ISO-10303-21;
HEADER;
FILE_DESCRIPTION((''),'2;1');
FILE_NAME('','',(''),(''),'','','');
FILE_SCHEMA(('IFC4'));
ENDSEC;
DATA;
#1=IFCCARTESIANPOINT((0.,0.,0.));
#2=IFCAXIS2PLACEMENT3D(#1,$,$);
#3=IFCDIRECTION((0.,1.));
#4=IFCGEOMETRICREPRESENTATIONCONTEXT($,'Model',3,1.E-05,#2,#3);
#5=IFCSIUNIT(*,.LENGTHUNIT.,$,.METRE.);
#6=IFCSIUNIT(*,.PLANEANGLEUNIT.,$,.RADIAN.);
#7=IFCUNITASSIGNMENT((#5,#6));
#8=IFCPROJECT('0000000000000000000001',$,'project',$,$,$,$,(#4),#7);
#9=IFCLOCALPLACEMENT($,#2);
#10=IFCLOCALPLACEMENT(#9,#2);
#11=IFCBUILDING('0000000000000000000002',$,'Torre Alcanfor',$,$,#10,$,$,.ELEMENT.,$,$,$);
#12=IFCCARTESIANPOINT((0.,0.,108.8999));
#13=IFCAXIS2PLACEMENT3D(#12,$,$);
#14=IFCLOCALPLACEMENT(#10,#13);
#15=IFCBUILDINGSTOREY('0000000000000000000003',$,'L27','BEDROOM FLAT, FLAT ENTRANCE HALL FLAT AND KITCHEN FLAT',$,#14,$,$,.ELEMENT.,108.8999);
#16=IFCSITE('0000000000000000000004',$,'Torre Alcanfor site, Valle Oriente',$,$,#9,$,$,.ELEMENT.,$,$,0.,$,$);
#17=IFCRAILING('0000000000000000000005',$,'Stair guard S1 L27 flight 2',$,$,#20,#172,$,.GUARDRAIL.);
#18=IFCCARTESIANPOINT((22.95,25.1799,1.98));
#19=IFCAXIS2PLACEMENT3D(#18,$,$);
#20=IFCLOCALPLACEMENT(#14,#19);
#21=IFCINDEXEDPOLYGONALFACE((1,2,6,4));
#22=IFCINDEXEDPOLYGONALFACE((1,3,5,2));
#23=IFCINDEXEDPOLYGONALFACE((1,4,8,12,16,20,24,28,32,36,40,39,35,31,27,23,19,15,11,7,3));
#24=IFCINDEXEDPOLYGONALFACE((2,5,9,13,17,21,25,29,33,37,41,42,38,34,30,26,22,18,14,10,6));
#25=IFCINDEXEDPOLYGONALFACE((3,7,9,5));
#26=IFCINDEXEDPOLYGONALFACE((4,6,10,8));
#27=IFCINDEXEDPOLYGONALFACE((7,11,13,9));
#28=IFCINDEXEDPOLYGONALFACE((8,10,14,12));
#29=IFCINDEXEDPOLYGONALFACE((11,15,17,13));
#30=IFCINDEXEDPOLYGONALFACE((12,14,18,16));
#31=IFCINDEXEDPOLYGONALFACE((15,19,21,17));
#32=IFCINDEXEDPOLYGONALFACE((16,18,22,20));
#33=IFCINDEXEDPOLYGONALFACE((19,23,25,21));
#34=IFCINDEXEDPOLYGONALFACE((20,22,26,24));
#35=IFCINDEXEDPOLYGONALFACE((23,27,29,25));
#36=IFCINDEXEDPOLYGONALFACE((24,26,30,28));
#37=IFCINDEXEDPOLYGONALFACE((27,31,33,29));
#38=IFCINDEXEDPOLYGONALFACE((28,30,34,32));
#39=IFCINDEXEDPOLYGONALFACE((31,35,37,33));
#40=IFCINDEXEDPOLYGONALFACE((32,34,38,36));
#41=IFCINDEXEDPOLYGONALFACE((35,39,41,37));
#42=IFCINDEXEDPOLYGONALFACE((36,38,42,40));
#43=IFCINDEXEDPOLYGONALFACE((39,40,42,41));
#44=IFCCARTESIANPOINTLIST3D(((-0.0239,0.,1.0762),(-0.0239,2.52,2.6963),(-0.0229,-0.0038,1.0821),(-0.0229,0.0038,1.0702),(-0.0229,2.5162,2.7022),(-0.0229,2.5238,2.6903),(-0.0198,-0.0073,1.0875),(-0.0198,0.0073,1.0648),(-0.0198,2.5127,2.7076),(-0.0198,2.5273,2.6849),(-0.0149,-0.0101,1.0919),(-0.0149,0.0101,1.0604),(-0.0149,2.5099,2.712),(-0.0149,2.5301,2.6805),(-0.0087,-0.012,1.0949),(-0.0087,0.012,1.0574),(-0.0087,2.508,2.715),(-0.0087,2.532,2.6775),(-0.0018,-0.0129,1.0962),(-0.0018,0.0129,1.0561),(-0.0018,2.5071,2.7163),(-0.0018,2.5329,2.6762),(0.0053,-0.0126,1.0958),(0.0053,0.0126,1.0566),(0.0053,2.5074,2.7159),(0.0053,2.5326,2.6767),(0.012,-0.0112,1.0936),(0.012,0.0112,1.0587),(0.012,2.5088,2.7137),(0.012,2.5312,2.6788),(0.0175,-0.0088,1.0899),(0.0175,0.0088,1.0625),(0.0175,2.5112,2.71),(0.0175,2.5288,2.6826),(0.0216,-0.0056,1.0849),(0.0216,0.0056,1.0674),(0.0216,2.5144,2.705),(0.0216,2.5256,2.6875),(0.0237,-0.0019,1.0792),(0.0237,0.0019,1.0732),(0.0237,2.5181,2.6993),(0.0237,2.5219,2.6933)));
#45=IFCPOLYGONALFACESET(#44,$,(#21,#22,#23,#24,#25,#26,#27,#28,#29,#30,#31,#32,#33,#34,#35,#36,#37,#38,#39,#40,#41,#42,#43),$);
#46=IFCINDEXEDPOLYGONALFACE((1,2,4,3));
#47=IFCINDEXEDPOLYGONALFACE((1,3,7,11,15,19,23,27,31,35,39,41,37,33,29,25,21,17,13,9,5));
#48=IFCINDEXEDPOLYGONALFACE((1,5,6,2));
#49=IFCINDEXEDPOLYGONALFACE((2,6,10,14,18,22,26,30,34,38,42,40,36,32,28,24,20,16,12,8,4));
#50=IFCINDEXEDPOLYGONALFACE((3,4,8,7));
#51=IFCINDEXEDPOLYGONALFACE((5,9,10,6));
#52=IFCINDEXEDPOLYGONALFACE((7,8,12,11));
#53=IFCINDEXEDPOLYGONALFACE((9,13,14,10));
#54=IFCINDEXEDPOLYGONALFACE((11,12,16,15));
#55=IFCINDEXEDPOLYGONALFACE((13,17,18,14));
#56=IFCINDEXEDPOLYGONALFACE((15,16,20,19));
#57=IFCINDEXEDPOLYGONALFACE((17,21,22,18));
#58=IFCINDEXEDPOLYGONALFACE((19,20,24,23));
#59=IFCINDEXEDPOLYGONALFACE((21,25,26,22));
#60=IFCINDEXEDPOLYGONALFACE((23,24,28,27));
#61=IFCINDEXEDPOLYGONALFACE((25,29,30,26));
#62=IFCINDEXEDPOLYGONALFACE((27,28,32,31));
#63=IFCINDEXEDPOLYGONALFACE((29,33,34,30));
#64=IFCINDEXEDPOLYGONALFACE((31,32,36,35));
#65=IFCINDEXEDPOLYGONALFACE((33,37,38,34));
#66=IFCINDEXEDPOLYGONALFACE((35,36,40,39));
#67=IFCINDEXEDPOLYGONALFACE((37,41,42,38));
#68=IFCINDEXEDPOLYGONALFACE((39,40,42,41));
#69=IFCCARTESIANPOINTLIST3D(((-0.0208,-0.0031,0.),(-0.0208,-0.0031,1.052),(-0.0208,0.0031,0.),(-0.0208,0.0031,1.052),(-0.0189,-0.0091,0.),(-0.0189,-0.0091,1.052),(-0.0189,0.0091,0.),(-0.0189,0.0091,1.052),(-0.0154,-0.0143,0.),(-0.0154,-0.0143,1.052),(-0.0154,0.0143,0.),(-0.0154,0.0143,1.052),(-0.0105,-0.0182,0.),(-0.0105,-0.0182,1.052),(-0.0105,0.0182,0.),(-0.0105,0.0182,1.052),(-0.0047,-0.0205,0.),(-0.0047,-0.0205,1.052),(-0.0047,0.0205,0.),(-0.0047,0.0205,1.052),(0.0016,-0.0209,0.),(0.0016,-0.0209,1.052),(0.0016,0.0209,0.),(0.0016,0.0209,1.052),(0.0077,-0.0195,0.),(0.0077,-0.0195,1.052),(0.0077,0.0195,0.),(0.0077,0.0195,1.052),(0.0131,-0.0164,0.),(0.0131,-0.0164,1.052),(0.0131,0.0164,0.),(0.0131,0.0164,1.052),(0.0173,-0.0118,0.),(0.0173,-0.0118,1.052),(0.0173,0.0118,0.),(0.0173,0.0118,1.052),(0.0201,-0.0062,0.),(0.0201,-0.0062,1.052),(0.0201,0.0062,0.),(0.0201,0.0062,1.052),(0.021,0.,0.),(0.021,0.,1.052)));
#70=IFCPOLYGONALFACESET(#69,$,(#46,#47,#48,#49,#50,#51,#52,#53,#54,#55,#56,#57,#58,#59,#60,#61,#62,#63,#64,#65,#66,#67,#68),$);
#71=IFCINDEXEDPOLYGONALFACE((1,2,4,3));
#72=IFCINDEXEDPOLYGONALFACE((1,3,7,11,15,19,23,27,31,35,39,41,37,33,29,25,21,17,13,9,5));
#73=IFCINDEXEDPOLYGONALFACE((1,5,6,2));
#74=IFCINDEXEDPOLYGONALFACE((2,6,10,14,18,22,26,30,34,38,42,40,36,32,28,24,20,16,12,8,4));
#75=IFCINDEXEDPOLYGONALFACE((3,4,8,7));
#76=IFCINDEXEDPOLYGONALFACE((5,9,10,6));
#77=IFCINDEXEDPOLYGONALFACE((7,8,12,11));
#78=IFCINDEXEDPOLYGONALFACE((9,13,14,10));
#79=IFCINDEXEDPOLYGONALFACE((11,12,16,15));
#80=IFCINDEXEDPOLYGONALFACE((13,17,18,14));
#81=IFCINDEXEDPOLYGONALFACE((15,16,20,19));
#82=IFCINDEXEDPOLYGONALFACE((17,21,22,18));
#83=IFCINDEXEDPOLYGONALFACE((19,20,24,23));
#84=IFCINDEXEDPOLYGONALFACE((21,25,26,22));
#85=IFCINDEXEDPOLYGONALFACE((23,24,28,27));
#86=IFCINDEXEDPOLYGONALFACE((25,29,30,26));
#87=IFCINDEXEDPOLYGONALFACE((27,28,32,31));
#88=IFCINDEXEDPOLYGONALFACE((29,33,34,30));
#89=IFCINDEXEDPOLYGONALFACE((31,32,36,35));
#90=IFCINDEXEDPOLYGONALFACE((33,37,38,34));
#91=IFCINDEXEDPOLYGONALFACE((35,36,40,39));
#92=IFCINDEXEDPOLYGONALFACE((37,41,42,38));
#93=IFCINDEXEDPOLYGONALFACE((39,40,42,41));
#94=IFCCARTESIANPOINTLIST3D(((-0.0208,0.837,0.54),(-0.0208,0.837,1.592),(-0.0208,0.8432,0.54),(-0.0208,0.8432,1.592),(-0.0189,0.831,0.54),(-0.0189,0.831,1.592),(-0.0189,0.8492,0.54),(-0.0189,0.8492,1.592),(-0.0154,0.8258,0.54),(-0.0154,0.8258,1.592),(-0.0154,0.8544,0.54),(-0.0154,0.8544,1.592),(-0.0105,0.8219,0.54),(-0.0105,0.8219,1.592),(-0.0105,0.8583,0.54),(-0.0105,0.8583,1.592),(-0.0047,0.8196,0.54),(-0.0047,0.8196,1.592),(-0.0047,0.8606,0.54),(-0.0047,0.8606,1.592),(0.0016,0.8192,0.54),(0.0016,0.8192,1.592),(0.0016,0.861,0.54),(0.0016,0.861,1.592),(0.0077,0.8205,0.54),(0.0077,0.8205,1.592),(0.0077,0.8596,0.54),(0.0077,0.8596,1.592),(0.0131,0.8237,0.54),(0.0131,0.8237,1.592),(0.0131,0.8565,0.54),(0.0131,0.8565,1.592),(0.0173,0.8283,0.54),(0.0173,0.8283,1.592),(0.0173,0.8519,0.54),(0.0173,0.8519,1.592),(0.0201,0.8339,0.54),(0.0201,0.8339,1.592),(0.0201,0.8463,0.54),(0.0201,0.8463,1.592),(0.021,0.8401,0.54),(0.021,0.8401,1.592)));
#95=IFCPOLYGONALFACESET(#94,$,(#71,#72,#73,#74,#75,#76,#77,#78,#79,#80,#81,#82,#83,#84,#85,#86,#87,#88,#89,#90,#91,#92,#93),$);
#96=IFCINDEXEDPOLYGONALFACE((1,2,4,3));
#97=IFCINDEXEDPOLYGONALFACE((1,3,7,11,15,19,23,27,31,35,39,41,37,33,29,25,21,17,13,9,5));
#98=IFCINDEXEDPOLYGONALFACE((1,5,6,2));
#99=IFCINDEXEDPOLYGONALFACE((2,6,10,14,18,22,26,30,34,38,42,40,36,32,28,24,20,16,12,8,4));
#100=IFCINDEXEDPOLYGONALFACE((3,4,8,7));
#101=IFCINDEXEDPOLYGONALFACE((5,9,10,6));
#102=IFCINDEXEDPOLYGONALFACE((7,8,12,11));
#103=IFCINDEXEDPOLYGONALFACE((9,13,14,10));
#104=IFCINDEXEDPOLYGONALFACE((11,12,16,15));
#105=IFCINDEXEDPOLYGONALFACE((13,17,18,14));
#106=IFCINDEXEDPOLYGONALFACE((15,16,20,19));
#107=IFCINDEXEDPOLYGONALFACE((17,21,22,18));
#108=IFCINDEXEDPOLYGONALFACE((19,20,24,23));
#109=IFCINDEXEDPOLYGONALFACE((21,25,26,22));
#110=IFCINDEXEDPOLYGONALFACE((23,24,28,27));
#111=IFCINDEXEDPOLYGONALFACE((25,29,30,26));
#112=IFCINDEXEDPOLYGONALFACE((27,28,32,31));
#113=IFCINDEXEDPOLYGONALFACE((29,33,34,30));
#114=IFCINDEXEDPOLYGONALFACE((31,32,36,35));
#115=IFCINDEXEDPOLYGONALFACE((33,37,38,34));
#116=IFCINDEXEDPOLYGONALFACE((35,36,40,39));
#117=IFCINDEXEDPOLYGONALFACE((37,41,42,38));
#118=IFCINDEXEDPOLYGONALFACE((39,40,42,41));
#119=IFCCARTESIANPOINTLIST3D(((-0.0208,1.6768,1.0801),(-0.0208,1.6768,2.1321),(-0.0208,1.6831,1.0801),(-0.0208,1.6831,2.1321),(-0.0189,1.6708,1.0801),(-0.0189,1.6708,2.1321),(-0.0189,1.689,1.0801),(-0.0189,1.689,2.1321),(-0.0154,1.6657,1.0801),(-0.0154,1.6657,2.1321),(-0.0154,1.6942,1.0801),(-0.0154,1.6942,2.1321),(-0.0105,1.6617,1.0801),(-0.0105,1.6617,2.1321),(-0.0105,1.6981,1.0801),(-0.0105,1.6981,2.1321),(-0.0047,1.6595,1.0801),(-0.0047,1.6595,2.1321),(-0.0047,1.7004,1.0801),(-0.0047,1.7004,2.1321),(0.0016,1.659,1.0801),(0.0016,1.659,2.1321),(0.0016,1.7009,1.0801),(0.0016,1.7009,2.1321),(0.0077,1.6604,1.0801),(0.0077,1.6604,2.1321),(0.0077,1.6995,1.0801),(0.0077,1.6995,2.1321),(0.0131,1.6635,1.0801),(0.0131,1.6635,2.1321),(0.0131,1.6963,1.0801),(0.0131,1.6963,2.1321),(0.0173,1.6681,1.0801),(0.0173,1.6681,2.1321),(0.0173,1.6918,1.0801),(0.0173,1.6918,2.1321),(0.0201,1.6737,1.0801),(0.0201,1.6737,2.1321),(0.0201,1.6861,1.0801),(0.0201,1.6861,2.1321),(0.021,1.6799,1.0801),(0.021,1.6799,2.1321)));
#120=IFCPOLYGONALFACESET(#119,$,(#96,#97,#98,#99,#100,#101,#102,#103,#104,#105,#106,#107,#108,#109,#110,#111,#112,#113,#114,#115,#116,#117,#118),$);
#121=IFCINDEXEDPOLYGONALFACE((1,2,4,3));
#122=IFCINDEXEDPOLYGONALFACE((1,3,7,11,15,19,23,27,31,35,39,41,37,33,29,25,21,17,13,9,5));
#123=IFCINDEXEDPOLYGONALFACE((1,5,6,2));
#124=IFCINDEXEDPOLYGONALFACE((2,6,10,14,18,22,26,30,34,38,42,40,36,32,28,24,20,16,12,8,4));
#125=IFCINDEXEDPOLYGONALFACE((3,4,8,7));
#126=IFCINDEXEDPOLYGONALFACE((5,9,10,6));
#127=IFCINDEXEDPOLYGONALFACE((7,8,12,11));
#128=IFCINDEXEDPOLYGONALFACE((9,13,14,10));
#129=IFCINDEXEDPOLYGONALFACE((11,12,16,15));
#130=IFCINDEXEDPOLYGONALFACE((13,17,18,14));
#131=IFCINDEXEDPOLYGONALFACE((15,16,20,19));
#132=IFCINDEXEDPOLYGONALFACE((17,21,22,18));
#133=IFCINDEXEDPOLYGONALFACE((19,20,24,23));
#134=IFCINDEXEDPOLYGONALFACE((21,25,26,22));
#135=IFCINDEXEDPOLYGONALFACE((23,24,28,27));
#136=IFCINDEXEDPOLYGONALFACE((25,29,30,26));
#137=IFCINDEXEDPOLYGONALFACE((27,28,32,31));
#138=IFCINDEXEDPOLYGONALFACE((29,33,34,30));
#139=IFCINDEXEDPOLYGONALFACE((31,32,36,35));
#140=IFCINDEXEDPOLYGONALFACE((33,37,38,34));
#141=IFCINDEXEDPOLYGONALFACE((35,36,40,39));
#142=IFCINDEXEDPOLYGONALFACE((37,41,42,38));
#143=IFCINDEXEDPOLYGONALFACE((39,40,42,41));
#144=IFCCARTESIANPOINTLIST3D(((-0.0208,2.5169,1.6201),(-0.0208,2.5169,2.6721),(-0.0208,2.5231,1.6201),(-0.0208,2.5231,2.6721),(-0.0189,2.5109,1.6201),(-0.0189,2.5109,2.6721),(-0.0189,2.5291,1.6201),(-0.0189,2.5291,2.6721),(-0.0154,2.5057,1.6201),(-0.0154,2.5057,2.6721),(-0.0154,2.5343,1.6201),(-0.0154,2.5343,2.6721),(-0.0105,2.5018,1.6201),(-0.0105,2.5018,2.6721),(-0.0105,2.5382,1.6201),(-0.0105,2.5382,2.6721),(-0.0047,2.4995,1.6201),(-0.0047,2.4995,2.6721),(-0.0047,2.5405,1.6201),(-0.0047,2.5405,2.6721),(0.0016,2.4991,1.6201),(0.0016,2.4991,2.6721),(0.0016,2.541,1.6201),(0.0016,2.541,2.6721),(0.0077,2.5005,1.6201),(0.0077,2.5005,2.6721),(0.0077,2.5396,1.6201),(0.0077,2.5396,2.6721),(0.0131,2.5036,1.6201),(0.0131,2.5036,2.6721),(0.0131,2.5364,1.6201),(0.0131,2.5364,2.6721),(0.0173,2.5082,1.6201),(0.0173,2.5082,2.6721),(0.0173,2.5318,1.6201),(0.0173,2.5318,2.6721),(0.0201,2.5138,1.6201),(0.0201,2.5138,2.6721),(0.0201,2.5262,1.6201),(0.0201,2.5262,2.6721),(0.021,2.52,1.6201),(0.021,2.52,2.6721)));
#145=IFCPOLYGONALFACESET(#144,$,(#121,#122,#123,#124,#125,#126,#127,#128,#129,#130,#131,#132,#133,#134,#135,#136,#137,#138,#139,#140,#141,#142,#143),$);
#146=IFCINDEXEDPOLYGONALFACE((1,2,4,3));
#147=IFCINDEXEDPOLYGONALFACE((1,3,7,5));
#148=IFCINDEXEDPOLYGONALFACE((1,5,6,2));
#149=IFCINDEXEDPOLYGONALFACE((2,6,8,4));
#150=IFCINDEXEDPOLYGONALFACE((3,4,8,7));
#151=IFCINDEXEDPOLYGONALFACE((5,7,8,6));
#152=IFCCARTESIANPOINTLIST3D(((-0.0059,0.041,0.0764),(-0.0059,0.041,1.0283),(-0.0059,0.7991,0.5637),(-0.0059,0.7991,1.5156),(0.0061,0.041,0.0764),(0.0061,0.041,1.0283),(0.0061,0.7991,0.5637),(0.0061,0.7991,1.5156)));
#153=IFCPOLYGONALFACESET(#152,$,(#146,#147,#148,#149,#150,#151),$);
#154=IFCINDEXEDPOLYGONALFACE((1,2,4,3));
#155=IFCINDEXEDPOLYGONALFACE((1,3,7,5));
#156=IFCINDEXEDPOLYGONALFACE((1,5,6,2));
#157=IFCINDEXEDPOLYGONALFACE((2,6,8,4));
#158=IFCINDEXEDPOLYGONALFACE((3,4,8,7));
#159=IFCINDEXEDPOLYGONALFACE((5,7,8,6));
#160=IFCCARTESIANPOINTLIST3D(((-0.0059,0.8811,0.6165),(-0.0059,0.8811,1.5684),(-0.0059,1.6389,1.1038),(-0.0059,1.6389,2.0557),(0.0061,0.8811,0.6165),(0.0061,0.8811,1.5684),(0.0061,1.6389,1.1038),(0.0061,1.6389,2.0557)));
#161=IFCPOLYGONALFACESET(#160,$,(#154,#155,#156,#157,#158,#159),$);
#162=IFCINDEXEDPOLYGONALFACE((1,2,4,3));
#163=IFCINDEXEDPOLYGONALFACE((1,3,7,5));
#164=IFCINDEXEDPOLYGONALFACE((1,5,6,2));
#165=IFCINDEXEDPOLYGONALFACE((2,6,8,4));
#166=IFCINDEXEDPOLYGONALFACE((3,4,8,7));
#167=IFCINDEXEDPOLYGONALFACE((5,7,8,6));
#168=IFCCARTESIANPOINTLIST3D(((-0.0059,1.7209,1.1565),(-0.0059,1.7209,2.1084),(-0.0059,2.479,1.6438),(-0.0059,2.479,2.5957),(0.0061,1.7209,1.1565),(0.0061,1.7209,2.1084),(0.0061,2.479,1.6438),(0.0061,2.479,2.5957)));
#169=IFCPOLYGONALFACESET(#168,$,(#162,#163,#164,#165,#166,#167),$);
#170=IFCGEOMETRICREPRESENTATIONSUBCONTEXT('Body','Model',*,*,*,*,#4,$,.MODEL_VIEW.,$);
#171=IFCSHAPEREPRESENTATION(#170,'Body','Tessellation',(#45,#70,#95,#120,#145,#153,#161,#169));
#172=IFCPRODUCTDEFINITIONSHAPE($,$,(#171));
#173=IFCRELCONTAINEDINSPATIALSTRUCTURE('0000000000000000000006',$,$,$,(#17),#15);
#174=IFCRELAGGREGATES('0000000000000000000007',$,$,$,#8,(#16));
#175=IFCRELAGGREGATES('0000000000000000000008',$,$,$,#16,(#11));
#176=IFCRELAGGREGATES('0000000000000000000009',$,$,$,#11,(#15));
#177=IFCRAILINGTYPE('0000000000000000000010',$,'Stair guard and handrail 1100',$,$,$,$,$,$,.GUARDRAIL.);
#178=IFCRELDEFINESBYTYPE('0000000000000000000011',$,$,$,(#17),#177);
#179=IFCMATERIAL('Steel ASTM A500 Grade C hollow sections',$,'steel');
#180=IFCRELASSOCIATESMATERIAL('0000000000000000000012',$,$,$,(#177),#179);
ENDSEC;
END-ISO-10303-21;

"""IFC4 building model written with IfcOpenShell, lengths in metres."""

from ifc_helpers import new_model, si_unit, direction, frame, origin, origin_2d, place, context, subcontext, project, spatial, polyline, circle, outline, extrude, material, type_object, element, save


model = new_model("IFC4")

# Units and contexts
model_context = context("Model", 3, precision=1e-05, world=origin(), true_north=direction((0.0, 1.0)))
body_context = subcontext(model_context, "Body", "Model", "MODEL_VIEW")
ifc_project = project(units=[si_unit("LENGTHUNIT", "METRE"), si_unit("PLANEANGLEUNIT", "RADIAN")], contexts=[model_context])

# Site, building, storey
site_placement = place(None, origin())
site = spatial("IfcSite", under=ifc_project, at=site_placement, Name="Torre Alcanfor site, Valle Oriente", CompositionType="ELEMENT", RefElevation=0.0)
building_placement = place(site_placement, origin())
building = spatial("IfcBuilding", under=site, at=building_placement, Name="Torre Alcanfor", CompositionType="ELEMENT")
storey_placement = place(building_placement, frame((0.0, 0.0, 108.8999)))
storey = spatial("IfcBuildingStorey", under=building, at=storey_placement, Name="L27", Description="BEDROOM FLAT, FLAT ENTRANCE HALL FLAT AND KITCHEN FLAT", CompositionType="ELEMENT", Elevation=108.8999)

# Railing
ifc_material_1 = material(Name="Steel ASTM A500 Grade C hollow sections", Category="steel")
railing_type_1 = type_object("IfcRailingType", Name="Stair guard and handrail 1100", PredefinedType="GUARDRAIL", material=ifc_material_1)
railing_1_placement = place(storey_placement, frame((22.95, 25.1799, 1.98)))
element("IfcRailing", 1, at=railing_1_placement, inside=storey, type_object=railing_type_1, Name="Stair guard S1 L27 flight 2", PredefinedType="GUARDRAIL", context=body_context, shape_type="SweptSolid", body=[
    extrude(circle(Radius=0.0239, at=origin_2d()), frame((0.0, 0.0, 1.0762), z_axis=(0.0, 0.841163, 0.540782), x_axis=(-1.0, 0.0, 0.0)), (0.0, 0.0, 1.0), 2.9958),
    extrude(circle(Radius=0.021, at=origin_2d()), origin(), (0.0, 0.0, 1.0), 1.052),
    extrude(circle(Radius=0.021, at=origin_2d()), frame((0.0, 0.8401, 0.54)), (0.0, 0.0, 1.0), 1.052),
    extrude(circle(Radius=0.021, at=origin_2d()), frame((0.0, 1.6799, 1.0801)), (0.0, 0.0, 1.0), 1.052),
    extrude(circle(Radius=0.021, at=origin_2d()), frame((0.0, 2.52, 1.6201)), (0.0, 0.0, 1.0), 1.052),
    extrude(outline(polyline([(0.041, 0.0764), (0.7991, 0.5637), (0.7991, 1.5156), (0.041, 1.0283), (0.041, 0.0764)])), frame((-0.0059, 0.0, 0.0), z_axis=(1.0, 0.0, 0.0), x_axis=(0.0, 1.0, 0.0)), (0.0, 0.0, 1.0), 0.012),
    extrude(outline(polyline([(0.8811, 0.6165), (1.6389, 1.1038), (1.6389, 2.0557), (0.8811, 1.5684), (0.8811, 0.6165)])), frame((-0.0059, 0.0, 0.0), z_axis=(1.0, 0.0, 0.0), x_axis=(0.0, 1.0, 0.0)), (0.0, 0.0, 1.0), 0.012),
    extrude(outline(polyline([(1.7209, 1.1565), (2.479, 1.6438), (2.479, 2.5957), (1.7209, 2.1084), (1.7209, 1.1565)])), frame((-0.0059, 0.0, 0.0), z_axis=(1.0, 0.0, 0.0), x_axis=(0.0, 1.0, 0.0)), (0.0, 0.0, 1.0), 0.012),
])

save(model, "model.ifc")
